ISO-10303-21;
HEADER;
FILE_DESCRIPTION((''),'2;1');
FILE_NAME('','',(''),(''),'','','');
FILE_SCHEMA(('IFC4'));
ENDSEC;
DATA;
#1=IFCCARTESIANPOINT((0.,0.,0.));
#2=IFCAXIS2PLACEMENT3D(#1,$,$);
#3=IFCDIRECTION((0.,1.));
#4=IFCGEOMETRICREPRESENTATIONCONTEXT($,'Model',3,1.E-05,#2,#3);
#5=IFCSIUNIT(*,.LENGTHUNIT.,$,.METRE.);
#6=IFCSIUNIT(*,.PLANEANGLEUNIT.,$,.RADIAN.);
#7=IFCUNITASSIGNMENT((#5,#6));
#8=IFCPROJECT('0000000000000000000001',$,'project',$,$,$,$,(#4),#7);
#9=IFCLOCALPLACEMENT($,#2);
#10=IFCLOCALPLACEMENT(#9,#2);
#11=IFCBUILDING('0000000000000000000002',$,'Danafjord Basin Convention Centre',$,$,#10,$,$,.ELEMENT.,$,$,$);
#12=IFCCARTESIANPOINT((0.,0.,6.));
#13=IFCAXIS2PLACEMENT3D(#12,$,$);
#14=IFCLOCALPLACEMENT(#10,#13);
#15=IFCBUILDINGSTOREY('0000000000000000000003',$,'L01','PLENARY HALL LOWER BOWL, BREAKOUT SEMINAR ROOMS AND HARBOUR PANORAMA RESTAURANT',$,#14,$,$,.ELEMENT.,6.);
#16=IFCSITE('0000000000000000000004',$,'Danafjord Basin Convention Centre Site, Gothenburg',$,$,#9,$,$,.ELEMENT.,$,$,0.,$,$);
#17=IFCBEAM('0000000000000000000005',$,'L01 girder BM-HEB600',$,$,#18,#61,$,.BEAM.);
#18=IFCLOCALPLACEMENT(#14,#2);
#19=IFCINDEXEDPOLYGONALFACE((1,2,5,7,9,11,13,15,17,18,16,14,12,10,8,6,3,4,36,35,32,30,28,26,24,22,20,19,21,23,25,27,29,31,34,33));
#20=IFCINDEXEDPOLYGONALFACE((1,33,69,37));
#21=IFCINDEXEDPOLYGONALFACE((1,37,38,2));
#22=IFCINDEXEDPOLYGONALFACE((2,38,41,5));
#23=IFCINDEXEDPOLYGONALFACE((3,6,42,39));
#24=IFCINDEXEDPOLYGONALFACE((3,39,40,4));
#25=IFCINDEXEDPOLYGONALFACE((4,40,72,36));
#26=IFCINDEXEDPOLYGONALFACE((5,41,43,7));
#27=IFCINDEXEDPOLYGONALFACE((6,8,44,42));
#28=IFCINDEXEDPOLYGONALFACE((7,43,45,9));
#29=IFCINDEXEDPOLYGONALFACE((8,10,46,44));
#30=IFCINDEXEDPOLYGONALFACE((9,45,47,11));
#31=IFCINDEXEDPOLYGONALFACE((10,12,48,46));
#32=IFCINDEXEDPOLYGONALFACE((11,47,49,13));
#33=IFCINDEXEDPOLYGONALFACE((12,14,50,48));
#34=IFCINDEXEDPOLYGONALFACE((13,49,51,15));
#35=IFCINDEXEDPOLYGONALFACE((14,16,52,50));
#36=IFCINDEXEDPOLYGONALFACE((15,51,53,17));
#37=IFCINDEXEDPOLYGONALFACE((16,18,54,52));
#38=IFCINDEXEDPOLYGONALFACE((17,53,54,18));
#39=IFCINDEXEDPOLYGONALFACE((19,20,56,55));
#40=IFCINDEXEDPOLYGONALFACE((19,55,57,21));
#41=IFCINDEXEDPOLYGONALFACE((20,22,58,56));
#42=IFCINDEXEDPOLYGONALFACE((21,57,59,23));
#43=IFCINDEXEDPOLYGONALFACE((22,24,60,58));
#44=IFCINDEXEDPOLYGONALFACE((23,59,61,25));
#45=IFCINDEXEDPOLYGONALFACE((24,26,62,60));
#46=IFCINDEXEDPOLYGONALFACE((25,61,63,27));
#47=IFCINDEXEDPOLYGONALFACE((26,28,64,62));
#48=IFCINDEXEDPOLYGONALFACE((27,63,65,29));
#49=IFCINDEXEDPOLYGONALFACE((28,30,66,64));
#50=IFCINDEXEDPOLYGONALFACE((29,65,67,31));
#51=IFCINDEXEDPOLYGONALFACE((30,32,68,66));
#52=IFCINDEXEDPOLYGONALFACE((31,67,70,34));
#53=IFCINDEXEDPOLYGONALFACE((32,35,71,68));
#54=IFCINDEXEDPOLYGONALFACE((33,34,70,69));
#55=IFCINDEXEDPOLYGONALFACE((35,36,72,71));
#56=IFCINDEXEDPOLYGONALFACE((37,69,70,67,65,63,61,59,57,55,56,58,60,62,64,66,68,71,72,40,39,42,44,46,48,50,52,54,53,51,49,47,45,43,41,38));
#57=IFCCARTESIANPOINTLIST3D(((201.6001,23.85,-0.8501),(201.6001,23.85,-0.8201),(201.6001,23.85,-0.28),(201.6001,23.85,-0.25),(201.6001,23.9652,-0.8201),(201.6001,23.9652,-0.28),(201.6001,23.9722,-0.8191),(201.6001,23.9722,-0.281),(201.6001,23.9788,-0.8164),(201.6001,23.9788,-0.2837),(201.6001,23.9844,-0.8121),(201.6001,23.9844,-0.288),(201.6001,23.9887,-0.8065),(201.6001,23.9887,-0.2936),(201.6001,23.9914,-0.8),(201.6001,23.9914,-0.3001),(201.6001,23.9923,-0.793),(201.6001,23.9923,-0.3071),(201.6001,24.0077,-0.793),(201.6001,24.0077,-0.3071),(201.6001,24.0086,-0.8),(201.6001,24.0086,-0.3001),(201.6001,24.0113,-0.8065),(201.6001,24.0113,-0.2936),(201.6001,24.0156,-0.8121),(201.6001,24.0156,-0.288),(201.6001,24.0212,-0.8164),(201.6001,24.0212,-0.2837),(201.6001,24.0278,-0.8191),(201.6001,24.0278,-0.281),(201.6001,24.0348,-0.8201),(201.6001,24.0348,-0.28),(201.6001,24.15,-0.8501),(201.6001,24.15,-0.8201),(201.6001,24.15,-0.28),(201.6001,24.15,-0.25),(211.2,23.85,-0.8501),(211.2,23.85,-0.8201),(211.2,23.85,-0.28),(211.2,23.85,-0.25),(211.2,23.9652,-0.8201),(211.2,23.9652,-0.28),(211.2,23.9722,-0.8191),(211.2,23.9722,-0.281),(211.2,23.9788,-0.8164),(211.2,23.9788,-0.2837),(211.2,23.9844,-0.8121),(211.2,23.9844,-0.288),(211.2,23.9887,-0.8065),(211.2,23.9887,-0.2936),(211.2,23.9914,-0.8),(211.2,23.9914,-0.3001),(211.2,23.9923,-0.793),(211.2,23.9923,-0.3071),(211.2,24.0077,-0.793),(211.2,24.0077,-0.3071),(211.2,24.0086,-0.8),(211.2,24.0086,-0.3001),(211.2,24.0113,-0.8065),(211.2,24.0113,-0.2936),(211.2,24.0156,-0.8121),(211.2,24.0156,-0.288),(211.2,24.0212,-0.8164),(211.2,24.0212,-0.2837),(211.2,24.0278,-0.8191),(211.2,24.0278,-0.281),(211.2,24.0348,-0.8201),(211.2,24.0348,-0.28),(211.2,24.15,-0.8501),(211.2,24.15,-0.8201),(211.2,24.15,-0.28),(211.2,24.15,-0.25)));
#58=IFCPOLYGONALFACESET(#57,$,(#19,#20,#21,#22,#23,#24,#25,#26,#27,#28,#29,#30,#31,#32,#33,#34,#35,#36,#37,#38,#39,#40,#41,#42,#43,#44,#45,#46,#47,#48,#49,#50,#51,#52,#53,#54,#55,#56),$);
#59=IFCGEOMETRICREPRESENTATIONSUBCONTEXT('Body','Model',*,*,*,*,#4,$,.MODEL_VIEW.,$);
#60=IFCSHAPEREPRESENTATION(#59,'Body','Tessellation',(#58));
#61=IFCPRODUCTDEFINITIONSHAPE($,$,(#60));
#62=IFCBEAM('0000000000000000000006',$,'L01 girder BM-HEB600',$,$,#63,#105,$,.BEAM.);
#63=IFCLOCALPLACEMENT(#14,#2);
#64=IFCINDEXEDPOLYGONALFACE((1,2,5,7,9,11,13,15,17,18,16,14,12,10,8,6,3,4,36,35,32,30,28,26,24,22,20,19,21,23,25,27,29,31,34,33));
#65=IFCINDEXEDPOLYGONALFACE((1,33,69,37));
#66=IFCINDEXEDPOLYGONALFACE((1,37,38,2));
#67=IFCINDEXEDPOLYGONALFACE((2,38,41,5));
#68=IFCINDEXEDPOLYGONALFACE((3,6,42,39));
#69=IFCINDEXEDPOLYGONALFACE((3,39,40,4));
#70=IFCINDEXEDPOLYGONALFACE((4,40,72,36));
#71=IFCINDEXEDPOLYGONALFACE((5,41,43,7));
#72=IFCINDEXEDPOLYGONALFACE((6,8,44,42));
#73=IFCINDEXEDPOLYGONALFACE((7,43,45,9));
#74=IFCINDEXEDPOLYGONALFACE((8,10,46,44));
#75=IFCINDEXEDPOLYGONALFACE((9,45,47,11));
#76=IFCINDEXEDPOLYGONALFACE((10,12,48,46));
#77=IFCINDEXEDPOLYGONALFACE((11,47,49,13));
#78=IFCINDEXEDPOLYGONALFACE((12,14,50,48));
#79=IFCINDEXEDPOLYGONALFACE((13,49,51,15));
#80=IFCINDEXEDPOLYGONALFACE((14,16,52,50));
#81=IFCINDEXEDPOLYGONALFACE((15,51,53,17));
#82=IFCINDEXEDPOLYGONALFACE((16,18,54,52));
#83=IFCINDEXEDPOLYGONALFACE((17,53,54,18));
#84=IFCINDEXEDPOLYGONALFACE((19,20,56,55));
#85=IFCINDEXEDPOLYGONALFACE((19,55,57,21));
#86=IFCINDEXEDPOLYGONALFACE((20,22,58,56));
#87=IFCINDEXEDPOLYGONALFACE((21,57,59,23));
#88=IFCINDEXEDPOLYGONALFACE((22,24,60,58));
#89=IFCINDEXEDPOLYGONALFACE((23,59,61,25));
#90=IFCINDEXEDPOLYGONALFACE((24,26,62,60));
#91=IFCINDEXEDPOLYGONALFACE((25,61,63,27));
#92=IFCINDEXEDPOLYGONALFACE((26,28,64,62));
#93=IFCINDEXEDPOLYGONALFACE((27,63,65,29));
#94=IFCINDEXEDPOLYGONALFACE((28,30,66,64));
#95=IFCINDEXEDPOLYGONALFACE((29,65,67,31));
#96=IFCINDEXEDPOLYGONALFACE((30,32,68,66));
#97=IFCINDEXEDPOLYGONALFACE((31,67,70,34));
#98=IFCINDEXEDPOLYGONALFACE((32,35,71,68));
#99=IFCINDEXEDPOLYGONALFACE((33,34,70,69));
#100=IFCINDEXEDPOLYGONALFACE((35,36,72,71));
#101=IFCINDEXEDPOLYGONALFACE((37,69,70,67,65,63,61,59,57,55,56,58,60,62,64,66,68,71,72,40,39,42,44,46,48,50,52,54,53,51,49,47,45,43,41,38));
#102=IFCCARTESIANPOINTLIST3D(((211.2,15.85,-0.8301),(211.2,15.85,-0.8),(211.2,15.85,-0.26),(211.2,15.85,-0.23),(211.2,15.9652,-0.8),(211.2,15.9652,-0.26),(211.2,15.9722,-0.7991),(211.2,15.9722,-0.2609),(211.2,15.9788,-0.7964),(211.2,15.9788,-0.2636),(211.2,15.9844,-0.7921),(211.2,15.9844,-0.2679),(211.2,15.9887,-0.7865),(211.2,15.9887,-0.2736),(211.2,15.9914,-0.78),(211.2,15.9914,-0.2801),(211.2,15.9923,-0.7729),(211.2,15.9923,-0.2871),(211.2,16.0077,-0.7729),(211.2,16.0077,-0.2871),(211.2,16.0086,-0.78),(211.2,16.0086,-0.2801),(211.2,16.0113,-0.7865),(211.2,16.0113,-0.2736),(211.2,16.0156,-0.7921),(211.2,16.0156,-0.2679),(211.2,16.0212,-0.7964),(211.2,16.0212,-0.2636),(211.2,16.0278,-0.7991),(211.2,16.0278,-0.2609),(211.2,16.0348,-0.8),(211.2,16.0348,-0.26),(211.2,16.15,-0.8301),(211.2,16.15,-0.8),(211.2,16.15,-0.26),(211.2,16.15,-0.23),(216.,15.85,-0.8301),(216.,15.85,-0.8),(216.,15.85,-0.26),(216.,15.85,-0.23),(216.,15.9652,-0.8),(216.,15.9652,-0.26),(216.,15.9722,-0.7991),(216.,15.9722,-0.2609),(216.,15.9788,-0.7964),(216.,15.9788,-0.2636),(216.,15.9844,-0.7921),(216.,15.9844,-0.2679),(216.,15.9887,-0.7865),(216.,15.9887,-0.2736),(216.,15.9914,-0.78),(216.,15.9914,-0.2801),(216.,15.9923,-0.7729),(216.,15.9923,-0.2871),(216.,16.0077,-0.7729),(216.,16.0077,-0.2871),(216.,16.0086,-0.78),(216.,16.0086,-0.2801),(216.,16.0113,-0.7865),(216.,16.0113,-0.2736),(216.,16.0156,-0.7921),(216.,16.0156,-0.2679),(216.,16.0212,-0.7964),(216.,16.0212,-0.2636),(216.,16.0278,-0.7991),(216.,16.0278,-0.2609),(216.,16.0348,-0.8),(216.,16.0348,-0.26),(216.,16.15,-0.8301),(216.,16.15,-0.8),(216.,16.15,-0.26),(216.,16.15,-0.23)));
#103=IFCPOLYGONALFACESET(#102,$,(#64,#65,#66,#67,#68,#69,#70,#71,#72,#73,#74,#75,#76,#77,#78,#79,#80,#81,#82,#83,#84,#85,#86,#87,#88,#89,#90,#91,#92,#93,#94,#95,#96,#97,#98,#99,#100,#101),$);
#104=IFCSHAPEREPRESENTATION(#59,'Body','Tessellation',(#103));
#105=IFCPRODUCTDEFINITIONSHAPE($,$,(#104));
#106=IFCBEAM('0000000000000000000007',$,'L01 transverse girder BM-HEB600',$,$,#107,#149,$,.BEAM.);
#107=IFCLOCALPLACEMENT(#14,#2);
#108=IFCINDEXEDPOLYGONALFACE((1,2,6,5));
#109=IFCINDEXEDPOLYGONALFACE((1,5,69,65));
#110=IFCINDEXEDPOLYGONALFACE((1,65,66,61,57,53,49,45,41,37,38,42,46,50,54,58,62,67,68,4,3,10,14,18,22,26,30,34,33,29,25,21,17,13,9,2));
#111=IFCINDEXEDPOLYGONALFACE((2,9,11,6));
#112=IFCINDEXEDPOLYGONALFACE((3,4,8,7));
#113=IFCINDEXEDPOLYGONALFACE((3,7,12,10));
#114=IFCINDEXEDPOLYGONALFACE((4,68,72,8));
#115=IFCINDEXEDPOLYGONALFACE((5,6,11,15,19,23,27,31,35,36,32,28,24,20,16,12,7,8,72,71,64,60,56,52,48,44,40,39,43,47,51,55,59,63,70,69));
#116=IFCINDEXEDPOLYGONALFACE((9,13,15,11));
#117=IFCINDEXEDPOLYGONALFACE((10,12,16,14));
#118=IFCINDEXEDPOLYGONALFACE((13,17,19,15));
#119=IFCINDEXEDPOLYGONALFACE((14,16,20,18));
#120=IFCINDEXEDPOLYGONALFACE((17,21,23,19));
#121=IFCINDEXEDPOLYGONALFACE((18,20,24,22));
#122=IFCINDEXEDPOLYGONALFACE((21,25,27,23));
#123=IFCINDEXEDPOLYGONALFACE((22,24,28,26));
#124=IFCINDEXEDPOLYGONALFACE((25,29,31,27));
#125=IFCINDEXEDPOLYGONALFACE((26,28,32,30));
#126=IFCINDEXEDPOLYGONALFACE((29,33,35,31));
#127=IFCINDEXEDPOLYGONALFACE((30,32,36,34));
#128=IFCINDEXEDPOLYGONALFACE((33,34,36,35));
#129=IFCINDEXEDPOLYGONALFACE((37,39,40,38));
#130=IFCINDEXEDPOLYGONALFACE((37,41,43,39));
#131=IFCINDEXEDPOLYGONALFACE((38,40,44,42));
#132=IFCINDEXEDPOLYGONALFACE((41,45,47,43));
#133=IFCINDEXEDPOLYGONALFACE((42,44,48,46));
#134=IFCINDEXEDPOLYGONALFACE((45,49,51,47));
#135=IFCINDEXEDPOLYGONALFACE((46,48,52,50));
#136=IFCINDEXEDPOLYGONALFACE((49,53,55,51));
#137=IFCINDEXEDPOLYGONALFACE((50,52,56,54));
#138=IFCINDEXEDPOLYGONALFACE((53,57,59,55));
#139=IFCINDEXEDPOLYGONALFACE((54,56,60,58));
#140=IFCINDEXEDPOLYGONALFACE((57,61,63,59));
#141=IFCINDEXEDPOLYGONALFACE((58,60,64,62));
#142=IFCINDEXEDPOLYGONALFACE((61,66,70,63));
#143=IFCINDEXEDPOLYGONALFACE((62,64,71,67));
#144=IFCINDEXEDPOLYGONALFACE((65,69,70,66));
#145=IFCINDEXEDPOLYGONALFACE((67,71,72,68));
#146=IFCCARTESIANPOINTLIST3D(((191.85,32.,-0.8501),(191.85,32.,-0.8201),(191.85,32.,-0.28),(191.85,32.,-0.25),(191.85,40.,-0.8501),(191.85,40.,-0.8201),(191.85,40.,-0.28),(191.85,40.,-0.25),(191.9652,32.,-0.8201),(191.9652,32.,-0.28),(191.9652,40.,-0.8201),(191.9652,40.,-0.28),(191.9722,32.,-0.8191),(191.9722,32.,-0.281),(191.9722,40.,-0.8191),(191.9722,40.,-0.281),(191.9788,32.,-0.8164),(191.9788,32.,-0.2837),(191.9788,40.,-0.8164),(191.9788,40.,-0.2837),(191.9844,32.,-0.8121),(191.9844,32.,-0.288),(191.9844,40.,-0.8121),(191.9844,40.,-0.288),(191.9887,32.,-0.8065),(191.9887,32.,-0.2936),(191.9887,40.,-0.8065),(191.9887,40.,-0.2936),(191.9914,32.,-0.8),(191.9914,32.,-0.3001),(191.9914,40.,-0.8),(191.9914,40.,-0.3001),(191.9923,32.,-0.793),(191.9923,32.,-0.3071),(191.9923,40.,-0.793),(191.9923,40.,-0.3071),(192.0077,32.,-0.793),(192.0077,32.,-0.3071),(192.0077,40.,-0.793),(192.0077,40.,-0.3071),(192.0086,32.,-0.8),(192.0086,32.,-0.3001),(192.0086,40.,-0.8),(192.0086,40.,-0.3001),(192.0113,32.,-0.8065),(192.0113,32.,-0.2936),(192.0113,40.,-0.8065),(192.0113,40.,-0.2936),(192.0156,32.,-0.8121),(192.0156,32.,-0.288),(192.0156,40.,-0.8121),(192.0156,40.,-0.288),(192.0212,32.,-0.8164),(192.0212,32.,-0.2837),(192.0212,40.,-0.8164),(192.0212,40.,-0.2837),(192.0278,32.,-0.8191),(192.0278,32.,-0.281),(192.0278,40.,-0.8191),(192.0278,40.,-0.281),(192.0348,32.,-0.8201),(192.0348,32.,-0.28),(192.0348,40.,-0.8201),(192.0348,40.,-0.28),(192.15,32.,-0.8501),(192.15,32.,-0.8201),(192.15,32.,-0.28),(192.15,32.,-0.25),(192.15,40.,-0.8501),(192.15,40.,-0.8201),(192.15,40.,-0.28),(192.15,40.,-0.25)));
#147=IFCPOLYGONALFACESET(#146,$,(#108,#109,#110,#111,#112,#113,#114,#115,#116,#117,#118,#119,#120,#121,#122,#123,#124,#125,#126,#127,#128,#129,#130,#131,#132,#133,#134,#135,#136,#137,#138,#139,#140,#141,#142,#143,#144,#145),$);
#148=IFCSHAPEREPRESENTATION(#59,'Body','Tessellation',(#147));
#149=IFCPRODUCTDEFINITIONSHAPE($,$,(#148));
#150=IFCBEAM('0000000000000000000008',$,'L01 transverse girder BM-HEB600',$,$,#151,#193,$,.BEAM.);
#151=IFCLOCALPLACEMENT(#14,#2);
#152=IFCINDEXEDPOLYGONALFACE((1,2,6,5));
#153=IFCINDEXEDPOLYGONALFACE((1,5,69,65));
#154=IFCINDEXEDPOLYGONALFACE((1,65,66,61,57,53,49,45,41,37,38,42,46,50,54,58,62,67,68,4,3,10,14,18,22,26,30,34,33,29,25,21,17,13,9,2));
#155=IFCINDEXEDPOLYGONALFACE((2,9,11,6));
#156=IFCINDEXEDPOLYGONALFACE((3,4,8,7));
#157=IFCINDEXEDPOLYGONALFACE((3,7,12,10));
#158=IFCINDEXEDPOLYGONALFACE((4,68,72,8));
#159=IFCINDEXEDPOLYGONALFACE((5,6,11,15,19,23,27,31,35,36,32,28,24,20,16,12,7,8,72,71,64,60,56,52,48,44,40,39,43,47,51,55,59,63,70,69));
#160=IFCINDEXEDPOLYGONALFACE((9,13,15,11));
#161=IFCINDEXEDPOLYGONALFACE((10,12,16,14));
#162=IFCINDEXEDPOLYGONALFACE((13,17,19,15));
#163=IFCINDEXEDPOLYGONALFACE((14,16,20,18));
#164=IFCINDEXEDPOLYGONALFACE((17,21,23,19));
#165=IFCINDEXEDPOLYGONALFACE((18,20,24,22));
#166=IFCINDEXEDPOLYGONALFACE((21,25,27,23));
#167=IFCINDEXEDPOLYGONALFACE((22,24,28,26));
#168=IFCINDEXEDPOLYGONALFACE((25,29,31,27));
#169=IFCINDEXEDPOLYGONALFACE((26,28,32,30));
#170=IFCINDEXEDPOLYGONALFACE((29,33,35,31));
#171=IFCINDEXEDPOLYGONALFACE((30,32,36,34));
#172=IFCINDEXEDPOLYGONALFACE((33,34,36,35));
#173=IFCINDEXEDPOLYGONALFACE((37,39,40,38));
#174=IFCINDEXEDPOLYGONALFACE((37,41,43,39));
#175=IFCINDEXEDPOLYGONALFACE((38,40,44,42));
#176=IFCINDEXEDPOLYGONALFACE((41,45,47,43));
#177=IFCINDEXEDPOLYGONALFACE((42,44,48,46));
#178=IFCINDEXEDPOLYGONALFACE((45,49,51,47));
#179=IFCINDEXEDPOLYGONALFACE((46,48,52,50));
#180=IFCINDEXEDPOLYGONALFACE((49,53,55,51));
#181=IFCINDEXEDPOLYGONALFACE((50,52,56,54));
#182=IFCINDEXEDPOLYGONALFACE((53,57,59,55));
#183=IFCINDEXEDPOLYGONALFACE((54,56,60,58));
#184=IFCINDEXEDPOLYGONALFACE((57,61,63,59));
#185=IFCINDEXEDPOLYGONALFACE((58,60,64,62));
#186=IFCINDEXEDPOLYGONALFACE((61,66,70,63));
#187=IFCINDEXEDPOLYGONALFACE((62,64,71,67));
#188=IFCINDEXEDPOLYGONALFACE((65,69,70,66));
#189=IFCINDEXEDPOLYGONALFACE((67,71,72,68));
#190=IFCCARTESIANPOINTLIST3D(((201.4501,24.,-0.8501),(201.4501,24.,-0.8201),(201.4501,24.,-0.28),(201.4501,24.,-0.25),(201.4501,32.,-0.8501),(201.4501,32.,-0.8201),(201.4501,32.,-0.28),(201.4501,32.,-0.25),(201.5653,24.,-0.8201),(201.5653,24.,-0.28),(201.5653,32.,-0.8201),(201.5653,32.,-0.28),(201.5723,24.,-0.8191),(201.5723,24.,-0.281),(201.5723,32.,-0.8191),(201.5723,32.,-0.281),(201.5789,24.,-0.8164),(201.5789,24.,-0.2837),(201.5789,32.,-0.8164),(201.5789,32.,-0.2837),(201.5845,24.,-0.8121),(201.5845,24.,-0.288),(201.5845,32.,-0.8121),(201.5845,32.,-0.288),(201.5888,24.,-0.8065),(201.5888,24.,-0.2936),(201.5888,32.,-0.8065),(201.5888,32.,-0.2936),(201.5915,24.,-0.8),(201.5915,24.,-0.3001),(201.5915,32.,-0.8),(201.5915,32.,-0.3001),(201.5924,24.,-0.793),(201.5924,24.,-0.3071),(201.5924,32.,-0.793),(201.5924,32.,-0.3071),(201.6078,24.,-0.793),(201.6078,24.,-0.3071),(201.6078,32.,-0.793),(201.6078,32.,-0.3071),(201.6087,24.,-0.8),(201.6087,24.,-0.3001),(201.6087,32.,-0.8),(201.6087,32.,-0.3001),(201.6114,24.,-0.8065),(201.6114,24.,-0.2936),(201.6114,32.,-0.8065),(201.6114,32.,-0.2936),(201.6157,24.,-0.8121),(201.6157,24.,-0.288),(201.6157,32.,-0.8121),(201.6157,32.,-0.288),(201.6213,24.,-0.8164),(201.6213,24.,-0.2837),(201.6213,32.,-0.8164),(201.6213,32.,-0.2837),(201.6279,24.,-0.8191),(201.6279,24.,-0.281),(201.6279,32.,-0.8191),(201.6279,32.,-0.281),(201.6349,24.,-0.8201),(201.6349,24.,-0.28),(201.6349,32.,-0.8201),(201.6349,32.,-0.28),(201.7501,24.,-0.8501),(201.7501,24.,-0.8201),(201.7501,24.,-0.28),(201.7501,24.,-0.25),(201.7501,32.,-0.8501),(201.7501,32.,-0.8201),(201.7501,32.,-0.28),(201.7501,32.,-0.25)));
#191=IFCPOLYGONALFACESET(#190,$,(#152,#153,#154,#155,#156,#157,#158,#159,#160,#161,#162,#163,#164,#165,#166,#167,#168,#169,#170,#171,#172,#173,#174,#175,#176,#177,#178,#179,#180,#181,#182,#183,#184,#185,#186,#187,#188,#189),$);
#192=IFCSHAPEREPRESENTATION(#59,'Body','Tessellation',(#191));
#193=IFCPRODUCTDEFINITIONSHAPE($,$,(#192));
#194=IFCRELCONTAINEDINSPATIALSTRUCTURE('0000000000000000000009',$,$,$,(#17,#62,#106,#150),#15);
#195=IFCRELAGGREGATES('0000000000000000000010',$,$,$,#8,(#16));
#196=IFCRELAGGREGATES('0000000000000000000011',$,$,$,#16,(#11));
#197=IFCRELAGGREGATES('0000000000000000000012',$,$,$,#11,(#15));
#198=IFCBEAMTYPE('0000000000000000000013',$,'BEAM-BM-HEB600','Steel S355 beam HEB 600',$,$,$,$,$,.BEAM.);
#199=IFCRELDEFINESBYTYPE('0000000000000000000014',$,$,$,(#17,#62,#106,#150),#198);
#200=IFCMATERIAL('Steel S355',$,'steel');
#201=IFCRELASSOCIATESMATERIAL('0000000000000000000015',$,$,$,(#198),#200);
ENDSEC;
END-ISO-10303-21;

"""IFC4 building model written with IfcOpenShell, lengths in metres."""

from ifc_helpers import new_model, si_unit, direction, frame, origin, origin_2d, place, context, subcontext, project, spatial, i_section, extrude, material, material_profile, profile_set, type_object, element, save


model = new_model("IFC4")

# Units and contexts
model_context = context("Model", 3, precision=1e-05, world=origin(), true_north=direction((0.0, 1.0)))
body_context = subcontext(model_context, "Body", "Model", "MODEL_VIEW")
ifc_project = project(units=[si_unit("LENGTHUNIT", "METRE"), si_unit("PLANEANGLEUNIT", "RADIAN")], contexts=[model_context])

# Site, building, storey
site_placement = place(None, origin())
site = spatial("IfcSite", under=ifc_project, at=site_placement, Name="Danafjord Basin Convention Centre Site, Gothenburg", CompositionType="ELEMENT", RefElevation=0.0)
building_placement = place(site_placement, origin())
building = spatial("IfcBuilding", under=site, at=building_placement, Name="Danafjord Basin Convention Centre", CompositionType="ELEMENT")
storey_placement = place(building_placement, frame((0.0, 0.0, 6.0)))
storey = spatial("IfcBuildingStorey", under=building, at=storey_placement, Name="L01", Description="PLENARY HALL LOWER BOWL, BREAKOUT SEMINAR ROOMS AND HARBOUR PANORAMA RESTAURANT", CompositionType="ELEMENT", Elevation=6.0)

# Shared definitions
ifc_material_1 = material(Name="Steel S355", Category="steel")

# Beams
ifc_material_profile_1 = material_profile(ifc_material_1, i_section(OverallWidth=0.3, OverallDepth=0.6001, WebThickness=0.0154, FlangeThickness=0.03, FilletRadius=0.0271, at=origin_2d()), Name="HEB 600")
ifc_profile_set_1 = profile_set([ifc_material_profile_1], Name="Steel S355")
beam_type_1 = type_object("IfcBeamType", Name="BEAM-BM-HEB600", Description="Steel S355 beam HEB 600", PredefinedType="BEAM", material=ifc_profile_set_1)
beam_1_placement = place(storey_placement, frame((201.6001, 24.0, -0.55), z_axis=(1.0, 0.0, 0.0), x_axis=(0.0, 1.0, 0.0)))
element("IfcBeam", 1, at=beam_1_placement, inside=storey, type_object=beam_type_1, Name="L01 girder BM-HEB600", PredefinedType="BEAM", context=body_context, shape_type="SweptSolid", body=[
    extrude(i_section(OverallWidth=0.3, OverallDepth=0.6001, WebThickness=0.0154, FlangeThickness=0.03, FilletRadius=0.0271, at=origin_2d()), origin(), (0.0, 0.0, 1.0), 9.5999),
])
beam_2_placement = place(storey_placement, frame((211.2, 16.0, -0.53), z_axis=(1.0, 0.0, 0.0), x_axis=(0.0, 1.0, 0.0)))
element("IfcBeam", 2, at=beam_2_placement, inside=storey, type_object=beam_type_1, Name="L01 girder BM-HEB600", PredefinedType="BEAM", context=body_context, shape_type="SweptSolid", body=[
    extrude(i_section(OverallWidth=0.3, OverallDepth=0.6001, WebThickness=0.0154, FlangeThickness=0.03, FilletRadius=0.0271, at=origin_2d()), origin(), (0.0, 0.0, 1.0), 4.8),
])
for number, where, z_axis, x_axis, name in (
    (3, (192.0, 32.0, -0.55), (0.0, 1.0, 0.0), (-1.0, 0.0, 0.0), "L01 transverse girder BM-HEB600"),
    (4, (201.6001, 24.0, -0.55), (0.0, 1.0, 0.0), (-1.0, 0.0, 0.0), "L01 transverse girder BM-HEB600"),
):
    element("IfcBeam", number, at=place(storey_placement, frame(where, z_axis=z_axis, x_axis=x_axis)), inside=storey, type_object=beam_type_1, Name=name, PredefinedType="BEAM", context=body_context, shape_type="SweptSolid", body=[
        extrude(i_section(OverallWidth=0.3, OverallDepth=0.6001, WebThickness=0.0154, FlangeThickness=0.03, FilletRadius=0.0271, at=origin_2d()), origin(), (0.0, 0.0, 1.0), 8.0),
    ])

save(model, "model.ifc")
